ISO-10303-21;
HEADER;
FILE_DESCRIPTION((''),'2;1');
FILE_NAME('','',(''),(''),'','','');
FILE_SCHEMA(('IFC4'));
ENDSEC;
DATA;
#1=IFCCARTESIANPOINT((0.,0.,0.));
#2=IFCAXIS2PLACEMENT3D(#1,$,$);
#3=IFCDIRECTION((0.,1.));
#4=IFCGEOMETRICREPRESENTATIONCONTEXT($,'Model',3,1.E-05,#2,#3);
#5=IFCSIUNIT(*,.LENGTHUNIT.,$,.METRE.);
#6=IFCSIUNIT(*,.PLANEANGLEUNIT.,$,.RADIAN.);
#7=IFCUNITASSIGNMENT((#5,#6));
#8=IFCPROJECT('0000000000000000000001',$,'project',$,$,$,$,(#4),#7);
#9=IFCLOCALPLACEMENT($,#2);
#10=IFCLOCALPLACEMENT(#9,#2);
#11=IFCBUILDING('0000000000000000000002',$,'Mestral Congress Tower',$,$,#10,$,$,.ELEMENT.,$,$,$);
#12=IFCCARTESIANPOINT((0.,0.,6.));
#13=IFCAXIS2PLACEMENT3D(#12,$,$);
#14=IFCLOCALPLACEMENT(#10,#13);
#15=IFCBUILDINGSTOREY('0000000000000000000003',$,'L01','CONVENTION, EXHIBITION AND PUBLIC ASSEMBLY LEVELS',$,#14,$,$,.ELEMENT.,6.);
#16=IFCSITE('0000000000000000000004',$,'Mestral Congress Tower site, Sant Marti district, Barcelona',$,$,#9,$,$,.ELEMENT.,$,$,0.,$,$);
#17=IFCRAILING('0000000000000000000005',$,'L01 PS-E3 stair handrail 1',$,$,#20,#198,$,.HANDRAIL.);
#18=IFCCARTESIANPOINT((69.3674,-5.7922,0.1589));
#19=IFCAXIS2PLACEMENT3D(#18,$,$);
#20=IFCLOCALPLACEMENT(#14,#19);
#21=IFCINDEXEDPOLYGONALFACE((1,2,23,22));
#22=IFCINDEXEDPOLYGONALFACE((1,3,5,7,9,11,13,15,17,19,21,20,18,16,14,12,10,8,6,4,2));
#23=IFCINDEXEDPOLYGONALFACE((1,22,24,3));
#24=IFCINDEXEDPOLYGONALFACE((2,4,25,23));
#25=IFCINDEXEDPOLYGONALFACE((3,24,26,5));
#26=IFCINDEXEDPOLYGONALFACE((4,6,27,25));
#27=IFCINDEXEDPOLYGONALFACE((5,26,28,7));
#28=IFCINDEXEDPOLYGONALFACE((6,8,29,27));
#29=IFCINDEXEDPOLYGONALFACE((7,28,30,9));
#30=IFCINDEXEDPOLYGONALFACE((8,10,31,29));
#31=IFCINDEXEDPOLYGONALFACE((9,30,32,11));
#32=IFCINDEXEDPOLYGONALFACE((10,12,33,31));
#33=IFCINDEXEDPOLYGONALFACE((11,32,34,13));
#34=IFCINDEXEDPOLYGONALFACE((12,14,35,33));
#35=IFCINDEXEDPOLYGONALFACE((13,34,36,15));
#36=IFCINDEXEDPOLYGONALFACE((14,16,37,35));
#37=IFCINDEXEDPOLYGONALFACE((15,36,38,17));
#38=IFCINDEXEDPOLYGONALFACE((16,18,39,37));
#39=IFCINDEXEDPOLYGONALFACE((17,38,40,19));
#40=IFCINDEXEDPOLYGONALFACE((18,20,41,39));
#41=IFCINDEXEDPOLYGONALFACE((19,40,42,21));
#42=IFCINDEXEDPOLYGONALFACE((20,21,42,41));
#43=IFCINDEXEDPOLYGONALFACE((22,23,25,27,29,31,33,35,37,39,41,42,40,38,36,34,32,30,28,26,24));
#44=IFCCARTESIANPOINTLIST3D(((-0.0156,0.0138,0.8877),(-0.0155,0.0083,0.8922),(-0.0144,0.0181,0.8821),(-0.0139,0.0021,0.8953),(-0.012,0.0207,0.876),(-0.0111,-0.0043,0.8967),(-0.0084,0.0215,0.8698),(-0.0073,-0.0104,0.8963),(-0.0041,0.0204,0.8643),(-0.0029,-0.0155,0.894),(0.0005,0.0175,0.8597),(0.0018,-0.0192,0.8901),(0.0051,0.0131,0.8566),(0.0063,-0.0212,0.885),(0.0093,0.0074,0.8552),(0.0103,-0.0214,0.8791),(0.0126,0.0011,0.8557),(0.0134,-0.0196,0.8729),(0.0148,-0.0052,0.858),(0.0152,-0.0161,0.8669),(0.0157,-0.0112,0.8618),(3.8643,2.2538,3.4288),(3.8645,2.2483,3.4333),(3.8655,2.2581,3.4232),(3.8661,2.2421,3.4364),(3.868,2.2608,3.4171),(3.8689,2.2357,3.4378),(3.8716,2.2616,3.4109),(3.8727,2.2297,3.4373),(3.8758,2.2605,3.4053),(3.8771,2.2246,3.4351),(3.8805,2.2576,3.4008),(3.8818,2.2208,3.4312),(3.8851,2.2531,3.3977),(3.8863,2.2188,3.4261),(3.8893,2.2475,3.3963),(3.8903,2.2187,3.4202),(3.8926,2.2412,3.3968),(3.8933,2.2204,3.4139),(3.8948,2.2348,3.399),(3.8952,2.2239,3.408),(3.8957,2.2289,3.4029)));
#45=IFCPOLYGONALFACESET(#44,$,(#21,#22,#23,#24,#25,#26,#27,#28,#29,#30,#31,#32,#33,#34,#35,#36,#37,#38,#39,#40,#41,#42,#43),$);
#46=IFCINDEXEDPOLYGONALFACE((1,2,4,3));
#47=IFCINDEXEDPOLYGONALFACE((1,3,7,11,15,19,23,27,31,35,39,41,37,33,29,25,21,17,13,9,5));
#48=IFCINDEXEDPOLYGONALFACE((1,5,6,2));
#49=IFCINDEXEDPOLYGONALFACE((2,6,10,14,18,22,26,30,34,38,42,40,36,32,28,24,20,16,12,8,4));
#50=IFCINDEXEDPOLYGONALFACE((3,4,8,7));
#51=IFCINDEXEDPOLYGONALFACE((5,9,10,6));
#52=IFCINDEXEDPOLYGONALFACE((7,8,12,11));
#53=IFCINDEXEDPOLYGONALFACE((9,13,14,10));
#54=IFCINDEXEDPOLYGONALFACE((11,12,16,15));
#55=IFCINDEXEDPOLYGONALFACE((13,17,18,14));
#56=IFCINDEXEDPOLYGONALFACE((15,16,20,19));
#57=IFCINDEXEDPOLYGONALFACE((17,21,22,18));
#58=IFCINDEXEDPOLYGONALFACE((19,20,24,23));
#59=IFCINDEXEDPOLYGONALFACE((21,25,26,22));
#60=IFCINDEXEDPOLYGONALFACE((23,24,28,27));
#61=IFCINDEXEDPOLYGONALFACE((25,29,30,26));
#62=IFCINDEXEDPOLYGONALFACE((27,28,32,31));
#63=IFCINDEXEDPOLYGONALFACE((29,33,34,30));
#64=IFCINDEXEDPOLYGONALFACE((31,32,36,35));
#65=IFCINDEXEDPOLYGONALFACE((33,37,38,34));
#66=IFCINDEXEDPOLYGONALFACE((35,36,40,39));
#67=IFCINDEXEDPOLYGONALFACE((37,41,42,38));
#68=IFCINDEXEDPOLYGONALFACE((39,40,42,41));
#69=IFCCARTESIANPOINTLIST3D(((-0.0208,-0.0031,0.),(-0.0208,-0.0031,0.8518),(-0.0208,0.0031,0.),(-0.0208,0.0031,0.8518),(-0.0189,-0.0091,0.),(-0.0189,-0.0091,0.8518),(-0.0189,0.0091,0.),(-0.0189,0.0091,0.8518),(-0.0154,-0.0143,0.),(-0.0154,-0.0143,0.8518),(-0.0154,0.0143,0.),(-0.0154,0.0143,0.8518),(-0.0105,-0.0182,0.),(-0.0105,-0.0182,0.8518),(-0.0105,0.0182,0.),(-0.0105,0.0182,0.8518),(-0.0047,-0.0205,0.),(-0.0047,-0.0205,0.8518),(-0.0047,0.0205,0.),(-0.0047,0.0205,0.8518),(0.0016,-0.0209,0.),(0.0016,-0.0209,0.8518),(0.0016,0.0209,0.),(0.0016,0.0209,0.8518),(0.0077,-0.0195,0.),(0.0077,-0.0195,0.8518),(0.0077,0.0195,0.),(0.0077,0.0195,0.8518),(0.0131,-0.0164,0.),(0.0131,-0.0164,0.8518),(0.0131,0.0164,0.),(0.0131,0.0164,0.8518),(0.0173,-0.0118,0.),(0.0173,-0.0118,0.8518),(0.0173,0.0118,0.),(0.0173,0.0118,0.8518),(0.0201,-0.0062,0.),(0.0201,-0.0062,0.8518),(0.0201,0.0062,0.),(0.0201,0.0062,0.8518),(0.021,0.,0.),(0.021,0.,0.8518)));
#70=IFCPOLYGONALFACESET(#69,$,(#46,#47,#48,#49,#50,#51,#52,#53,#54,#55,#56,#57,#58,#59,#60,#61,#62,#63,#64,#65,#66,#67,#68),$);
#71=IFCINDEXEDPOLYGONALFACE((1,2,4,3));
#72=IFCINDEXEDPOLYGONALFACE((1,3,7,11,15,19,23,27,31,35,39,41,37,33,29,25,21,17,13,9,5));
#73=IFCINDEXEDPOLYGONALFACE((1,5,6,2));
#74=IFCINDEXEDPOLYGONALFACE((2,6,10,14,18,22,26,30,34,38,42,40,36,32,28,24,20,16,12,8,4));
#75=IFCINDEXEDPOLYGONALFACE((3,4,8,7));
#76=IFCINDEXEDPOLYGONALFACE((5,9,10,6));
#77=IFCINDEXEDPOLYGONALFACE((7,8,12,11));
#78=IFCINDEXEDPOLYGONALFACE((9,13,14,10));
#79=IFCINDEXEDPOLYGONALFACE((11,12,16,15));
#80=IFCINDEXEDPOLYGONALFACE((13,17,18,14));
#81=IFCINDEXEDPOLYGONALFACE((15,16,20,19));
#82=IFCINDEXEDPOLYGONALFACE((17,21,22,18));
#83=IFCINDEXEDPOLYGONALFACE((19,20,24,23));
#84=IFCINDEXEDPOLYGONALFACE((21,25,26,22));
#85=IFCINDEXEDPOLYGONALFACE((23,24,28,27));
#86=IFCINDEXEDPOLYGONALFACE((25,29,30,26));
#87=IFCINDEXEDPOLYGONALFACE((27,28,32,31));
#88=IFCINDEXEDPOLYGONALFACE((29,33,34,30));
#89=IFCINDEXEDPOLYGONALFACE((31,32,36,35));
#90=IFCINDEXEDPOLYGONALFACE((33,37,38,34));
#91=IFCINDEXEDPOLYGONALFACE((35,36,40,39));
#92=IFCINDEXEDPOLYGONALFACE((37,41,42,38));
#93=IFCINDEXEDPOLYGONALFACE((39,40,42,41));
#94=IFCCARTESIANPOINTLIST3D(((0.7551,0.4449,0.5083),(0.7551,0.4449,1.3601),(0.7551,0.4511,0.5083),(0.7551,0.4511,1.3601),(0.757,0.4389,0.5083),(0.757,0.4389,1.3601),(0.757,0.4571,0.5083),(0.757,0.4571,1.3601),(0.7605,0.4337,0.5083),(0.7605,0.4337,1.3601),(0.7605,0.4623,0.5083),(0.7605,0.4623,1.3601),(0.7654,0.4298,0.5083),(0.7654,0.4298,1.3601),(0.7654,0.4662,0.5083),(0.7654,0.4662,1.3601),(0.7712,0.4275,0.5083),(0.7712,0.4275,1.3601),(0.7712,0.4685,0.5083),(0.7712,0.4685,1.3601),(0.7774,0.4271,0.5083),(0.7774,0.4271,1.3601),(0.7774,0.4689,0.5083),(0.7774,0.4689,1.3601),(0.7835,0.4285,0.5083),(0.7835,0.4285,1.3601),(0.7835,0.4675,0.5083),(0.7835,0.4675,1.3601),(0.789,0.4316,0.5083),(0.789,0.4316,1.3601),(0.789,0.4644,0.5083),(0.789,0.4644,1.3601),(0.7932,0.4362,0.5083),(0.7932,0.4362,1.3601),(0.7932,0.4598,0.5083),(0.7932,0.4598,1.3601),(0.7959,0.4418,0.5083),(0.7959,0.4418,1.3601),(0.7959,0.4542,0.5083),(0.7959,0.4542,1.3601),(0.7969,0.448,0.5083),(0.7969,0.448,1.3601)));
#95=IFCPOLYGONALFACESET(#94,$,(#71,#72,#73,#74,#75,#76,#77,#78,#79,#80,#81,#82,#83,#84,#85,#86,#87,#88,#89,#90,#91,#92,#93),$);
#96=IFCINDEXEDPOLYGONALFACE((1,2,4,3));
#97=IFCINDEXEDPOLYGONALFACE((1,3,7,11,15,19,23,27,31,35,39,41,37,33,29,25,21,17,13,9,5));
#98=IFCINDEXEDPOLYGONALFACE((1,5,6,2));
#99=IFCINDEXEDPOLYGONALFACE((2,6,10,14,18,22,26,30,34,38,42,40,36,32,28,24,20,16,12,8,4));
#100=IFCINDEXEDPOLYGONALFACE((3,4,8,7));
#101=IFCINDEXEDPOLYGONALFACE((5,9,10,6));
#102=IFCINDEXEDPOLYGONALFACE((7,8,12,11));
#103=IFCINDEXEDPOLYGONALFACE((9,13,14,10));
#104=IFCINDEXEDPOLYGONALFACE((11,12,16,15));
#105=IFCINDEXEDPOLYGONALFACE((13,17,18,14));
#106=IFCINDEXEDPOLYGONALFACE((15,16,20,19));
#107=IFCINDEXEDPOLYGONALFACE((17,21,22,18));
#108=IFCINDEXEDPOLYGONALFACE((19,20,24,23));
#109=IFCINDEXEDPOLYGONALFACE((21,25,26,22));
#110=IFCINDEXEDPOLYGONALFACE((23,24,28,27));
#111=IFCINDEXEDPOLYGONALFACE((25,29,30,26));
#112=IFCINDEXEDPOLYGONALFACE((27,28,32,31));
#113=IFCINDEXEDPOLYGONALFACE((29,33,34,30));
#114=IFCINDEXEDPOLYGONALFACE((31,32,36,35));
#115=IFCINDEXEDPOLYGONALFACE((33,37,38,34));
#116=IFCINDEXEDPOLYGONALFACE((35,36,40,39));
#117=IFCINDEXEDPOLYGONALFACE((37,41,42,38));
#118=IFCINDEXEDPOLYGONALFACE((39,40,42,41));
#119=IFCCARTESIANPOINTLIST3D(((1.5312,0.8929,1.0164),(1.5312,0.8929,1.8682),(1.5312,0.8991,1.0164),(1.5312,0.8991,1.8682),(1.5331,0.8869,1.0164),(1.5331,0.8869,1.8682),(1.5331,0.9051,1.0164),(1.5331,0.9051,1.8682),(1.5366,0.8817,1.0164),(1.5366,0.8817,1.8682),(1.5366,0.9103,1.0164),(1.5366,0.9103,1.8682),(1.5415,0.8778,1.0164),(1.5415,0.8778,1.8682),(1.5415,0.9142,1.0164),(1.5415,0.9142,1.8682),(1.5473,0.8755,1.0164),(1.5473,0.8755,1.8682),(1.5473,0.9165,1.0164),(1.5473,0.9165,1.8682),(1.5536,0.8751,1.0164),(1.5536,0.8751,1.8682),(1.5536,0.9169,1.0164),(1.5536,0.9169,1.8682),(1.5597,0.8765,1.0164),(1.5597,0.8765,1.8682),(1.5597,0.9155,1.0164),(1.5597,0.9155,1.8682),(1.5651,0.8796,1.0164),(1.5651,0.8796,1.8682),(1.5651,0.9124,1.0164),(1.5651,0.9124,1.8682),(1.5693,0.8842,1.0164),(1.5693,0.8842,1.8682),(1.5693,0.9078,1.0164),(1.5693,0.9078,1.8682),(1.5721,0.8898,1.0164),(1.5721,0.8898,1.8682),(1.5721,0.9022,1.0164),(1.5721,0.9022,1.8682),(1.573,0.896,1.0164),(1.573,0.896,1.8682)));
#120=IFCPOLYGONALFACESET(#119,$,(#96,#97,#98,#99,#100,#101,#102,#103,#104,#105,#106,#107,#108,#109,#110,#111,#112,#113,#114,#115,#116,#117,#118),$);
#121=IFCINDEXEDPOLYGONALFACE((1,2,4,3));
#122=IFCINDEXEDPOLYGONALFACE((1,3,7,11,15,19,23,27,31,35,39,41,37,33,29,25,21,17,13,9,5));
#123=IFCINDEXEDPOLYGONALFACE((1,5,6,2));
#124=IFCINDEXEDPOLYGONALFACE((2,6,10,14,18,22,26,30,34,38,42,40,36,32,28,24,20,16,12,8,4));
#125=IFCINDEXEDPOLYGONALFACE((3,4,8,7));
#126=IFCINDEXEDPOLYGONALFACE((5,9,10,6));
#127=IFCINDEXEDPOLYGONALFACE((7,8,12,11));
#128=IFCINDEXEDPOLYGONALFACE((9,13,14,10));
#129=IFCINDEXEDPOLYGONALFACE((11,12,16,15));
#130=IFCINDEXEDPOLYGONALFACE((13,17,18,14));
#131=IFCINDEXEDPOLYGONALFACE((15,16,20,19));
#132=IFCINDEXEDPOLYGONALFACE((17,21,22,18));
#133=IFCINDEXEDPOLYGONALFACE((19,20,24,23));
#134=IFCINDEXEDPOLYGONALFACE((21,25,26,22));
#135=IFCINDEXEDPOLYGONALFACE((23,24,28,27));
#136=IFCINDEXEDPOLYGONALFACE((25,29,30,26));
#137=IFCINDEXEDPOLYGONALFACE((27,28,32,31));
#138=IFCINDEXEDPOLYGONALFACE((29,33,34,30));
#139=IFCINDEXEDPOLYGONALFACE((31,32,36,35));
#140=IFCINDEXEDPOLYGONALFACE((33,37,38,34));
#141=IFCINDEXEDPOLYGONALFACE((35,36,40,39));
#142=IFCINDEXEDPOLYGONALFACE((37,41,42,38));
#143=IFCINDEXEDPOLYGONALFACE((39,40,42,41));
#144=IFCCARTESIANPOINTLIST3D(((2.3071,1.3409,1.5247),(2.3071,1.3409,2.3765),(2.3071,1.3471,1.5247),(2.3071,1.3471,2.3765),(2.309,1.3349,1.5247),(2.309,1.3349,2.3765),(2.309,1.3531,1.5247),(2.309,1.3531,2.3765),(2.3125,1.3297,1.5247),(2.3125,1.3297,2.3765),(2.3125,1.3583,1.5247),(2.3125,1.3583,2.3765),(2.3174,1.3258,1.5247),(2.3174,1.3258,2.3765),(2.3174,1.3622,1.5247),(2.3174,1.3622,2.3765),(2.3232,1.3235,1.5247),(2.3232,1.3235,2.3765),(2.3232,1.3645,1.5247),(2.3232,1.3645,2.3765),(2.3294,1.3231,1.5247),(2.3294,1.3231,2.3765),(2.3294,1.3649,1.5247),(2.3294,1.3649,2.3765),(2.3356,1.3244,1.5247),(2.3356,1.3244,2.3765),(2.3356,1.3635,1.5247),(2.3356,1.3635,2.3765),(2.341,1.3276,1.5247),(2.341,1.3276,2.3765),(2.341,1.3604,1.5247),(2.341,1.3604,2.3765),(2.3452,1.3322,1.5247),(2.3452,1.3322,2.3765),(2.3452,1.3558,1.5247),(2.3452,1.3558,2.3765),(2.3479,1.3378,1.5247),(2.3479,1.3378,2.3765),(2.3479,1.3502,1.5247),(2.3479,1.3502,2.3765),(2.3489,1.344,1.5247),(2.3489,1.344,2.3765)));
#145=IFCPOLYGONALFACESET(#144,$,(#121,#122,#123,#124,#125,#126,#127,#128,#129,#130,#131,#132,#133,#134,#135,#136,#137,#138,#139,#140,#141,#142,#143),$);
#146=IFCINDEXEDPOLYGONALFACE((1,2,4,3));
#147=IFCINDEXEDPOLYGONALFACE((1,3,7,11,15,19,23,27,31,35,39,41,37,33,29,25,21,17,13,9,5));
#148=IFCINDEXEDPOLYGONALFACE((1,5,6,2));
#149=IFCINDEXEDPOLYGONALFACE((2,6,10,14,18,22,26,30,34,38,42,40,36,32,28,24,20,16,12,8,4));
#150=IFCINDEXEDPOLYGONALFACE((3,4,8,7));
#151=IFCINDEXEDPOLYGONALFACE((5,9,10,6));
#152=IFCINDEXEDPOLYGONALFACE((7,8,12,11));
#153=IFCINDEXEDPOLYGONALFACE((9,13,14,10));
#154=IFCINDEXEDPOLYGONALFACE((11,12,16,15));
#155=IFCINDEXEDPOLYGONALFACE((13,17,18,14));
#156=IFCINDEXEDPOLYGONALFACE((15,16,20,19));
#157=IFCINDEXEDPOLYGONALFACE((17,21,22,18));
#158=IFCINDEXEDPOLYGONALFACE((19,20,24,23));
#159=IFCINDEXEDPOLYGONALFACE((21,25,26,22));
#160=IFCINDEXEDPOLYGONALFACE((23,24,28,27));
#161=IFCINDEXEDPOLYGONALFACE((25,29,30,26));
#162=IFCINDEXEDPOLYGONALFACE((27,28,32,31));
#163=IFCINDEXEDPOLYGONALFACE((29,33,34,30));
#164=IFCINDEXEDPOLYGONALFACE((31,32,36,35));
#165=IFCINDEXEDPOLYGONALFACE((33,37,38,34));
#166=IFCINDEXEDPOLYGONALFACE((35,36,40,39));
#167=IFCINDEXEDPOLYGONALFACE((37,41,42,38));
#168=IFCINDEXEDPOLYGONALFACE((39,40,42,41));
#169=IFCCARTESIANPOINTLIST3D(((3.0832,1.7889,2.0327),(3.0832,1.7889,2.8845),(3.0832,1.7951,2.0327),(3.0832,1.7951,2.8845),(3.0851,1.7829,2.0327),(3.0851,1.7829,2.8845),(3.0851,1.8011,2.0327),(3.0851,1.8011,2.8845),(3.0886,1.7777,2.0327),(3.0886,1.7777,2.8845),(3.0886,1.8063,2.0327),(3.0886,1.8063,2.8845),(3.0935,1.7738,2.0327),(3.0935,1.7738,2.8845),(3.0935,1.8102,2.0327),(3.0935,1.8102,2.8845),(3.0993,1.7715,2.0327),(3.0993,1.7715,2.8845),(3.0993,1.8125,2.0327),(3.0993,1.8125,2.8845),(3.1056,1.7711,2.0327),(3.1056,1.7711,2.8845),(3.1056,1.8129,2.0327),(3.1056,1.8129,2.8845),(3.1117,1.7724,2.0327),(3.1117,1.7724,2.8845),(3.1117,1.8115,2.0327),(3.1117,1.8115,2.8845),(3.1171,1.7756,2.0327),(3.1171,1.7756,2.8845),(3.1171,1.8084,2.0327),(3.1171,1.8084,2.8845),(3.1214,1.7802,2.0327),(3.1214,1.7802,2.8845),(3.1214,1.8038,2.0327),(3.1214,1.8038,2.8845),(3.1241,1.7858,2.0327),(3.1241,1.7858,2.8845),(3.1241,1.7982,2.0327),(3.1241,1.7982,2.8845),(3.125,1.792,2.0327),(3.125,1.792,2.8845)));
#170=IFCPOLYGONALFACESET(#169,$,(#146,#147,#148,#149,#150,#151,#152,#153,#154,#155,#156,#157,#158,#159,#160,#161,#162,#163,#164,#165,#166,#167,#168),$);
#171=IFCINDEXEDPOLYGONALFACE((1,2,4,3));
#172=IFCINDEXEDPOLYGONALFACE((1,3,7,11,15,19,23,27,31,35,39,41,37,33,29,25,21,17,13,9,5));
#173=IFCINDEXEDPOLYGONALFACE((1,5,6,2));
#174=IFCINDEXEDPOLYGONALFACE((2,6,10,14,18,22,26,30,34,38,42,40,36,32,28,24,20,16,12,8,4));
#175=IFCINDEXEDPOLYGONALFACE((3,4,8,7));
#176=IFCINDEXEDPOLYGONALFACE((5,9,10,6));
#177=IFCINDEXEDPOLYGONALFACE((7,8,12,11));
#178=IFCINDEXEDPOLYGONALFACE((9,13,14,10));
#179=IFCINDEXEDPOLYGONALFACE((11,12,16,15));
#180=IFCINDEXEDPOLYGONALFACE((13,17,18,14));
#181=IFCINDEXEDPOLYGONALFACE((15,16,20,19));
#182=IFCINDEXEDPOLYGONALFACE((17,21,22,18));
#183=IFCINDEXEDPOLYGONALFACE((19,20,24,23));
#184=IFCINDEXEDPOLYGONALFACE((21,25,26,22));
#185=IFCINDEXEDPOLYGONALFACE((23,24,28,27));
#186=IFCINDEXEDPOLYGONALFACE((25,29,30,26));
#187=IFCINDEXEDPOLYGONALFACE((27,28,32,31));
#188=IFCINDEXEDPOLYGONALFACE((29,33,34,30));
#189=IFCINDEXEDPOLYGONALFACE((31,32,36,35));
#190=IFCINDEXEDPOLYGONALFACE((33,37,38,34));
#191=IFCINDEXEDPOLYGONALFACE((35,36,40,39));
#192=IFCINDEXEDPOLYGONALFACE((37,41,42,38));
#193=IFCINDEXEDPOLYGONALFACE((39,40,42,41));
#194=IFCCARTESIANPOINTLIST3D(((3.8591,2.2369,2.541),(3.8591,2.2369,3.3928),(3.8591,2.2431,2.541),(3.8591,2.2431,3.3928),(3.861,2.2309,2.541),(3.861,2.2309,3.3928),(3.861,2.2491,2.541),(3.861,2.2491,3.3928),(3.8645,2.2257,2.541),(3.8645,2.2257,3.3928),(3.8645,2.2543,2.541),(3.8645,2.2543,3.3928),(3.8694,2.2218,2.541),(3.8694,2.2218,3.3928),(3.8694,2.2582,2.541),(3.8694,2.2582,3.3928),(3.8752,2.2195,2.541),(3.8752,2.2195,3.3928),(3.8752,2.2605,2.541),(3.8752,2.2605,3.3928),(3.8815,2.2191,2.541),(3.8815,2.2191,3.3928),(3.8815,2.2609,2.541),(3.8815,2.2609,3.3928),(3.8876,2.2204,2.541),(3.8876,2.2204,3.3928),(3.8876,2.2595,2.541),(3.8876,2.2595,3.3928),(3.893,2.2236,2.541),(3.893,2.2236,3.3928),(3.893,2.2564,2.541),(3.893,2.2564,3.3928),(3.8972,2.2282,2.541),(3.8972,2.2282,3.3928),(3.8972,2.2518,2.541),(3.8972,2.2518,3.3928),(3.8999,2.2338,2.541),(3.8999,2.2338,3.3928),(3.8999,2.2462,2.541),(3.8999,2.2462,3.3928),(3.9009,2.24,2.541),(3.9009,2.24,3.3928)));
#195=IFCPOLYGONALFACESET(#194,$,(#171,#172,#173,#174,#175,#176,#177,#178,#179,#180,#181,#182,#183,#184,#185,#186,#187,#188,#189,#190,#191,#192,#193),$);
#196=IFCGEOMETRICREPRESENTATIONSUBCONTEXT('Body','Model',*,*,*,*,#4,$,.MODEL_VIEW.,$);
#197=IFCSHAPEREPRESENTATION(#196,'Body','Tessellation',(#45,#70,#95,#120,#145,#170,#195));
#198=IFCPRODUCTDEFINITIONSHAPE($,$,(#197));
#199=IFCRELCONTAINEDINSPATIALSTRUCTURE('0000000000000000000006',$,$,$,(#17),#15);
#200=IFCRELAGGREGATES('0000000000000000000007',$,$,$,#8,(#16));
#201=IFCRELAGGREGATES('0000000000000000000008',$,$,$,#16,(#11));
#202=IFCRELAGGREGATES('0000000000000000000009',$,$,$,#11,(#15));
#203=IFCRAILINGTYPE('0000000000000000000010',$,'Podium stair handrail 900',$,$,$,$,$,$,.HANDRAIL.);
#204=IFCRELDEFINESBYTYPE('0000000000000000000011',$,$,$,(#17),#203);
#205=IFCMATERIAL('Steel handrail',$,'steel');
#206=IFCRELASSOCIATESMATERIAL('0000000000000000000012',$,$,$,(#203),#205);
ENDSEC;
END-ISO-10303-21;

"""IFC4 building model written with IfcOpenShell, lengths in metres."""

from ifc_helpers import new_model, si_unit, direction, frame, origin, origin_2d, place, context, subcontext, project, spatial, circle, extrude, material, type_object, element, save


model = new_model("IFC4")

# Units and contexts
model_context = context("Model", 3, precision=1e-05, world=origin(), true_north=direction((0.0, 1.0)))
body_context = subcontext(model_context, "Body", "Model", "MODEL_VIEW")
ifc_project = project(units=[si_unit("LENGTHUNIT", "METRE"), si_unit("PLANEANGLEUNIT", "RADIAN")], contexts=[model_context])

# Site, building, storey
site_placement = place(None, origin())
site = spatial("IfcSite", under=ifc_project, at=site_placement, Name="Mestral Congress Tower site, Sant Marti district, Barcelona", CompositionType="ELEMENT", RefElevation=0.0)
building_placement = place(site_placement, origin())
building = spatial("IfcBuilding", under=site, at=building_placement, Name="Mestral Congress Tower", CompositionType="ELEMENT")
storey_placement = place(building_placement, frame((0.0, 0.0, 6.0)))
storey = spatial("IfcBuildingStorey", under=building, at=storey_placement, Name="L01", Description="CONVENTION, EXHIBITION AND PUBLIC ASSEMBLY LEVELS", CompositionType="ELEMENT", Elevation=6.0)

# Railing
ifc_material_1 = material(Name="Steel handrail", Category="steel")
railing_type_1 = type_object("IfcRailingType", Name="Podium stair handrail 900", PredefinedType="HANDRAIL", material=ifc_material_1)
railing_1_placement = place(storey_placement, frame((69.3674, -5.7922, 0.1589)))
element("IfcRailing", 1, at=railing_1_placement, inside=storey, type_object=railing_type_1, Name="L01 PS-E3 stair handrail 1", PredefinedType="HANDRAIL", context=body_context, shape_type="SweptSolid", body=[
    extrude(circle(Radius=0.0239, at=origin_2d()), frame((0.0, 0.0, 0.876), z_axis=(0.7533, 0.434906, 0.493352), x_axis=(-0.49999, 0.866031, 0.0)), (0.0, 0.0, 1.0), 5.1506),
    extrude(circle(Radius=0.021, at=origin_2d()), origin(), (0.0, 0.0, 1.0), 0.8518),
    extrude(circle(Radius=0.021, at=origin_2d()), frame((0.7759, 0.448, 0.5083)), (0.0, 0.0, 1.0), 0.8518),
    extrude(circle(Radius=0.021, at=origin_2d()), frame((1.552, 0.896, 1.0164)), (0.0, 0.0, 1.0), 0.8518),
    extrude(circle(Radius=0.021, at=origin_2d()), frame((2.3279, 1.344, 1.5247)), (0.0, 0.0, 1.0), 0.8518),
    extrude(circle(Radius=0.021, at=origin_2d()), frame((3.104, 1.792, 2.0327)), (0.0, 0.0, 1.0), 0.8518),
    extrude(circle(Radius=0.021, at=origin_2d()), frame((3.8799, 2.24, 2.541)), (0.0, 0.0, 1.0), 0.8518),
])

save(model, "model.ifc")
